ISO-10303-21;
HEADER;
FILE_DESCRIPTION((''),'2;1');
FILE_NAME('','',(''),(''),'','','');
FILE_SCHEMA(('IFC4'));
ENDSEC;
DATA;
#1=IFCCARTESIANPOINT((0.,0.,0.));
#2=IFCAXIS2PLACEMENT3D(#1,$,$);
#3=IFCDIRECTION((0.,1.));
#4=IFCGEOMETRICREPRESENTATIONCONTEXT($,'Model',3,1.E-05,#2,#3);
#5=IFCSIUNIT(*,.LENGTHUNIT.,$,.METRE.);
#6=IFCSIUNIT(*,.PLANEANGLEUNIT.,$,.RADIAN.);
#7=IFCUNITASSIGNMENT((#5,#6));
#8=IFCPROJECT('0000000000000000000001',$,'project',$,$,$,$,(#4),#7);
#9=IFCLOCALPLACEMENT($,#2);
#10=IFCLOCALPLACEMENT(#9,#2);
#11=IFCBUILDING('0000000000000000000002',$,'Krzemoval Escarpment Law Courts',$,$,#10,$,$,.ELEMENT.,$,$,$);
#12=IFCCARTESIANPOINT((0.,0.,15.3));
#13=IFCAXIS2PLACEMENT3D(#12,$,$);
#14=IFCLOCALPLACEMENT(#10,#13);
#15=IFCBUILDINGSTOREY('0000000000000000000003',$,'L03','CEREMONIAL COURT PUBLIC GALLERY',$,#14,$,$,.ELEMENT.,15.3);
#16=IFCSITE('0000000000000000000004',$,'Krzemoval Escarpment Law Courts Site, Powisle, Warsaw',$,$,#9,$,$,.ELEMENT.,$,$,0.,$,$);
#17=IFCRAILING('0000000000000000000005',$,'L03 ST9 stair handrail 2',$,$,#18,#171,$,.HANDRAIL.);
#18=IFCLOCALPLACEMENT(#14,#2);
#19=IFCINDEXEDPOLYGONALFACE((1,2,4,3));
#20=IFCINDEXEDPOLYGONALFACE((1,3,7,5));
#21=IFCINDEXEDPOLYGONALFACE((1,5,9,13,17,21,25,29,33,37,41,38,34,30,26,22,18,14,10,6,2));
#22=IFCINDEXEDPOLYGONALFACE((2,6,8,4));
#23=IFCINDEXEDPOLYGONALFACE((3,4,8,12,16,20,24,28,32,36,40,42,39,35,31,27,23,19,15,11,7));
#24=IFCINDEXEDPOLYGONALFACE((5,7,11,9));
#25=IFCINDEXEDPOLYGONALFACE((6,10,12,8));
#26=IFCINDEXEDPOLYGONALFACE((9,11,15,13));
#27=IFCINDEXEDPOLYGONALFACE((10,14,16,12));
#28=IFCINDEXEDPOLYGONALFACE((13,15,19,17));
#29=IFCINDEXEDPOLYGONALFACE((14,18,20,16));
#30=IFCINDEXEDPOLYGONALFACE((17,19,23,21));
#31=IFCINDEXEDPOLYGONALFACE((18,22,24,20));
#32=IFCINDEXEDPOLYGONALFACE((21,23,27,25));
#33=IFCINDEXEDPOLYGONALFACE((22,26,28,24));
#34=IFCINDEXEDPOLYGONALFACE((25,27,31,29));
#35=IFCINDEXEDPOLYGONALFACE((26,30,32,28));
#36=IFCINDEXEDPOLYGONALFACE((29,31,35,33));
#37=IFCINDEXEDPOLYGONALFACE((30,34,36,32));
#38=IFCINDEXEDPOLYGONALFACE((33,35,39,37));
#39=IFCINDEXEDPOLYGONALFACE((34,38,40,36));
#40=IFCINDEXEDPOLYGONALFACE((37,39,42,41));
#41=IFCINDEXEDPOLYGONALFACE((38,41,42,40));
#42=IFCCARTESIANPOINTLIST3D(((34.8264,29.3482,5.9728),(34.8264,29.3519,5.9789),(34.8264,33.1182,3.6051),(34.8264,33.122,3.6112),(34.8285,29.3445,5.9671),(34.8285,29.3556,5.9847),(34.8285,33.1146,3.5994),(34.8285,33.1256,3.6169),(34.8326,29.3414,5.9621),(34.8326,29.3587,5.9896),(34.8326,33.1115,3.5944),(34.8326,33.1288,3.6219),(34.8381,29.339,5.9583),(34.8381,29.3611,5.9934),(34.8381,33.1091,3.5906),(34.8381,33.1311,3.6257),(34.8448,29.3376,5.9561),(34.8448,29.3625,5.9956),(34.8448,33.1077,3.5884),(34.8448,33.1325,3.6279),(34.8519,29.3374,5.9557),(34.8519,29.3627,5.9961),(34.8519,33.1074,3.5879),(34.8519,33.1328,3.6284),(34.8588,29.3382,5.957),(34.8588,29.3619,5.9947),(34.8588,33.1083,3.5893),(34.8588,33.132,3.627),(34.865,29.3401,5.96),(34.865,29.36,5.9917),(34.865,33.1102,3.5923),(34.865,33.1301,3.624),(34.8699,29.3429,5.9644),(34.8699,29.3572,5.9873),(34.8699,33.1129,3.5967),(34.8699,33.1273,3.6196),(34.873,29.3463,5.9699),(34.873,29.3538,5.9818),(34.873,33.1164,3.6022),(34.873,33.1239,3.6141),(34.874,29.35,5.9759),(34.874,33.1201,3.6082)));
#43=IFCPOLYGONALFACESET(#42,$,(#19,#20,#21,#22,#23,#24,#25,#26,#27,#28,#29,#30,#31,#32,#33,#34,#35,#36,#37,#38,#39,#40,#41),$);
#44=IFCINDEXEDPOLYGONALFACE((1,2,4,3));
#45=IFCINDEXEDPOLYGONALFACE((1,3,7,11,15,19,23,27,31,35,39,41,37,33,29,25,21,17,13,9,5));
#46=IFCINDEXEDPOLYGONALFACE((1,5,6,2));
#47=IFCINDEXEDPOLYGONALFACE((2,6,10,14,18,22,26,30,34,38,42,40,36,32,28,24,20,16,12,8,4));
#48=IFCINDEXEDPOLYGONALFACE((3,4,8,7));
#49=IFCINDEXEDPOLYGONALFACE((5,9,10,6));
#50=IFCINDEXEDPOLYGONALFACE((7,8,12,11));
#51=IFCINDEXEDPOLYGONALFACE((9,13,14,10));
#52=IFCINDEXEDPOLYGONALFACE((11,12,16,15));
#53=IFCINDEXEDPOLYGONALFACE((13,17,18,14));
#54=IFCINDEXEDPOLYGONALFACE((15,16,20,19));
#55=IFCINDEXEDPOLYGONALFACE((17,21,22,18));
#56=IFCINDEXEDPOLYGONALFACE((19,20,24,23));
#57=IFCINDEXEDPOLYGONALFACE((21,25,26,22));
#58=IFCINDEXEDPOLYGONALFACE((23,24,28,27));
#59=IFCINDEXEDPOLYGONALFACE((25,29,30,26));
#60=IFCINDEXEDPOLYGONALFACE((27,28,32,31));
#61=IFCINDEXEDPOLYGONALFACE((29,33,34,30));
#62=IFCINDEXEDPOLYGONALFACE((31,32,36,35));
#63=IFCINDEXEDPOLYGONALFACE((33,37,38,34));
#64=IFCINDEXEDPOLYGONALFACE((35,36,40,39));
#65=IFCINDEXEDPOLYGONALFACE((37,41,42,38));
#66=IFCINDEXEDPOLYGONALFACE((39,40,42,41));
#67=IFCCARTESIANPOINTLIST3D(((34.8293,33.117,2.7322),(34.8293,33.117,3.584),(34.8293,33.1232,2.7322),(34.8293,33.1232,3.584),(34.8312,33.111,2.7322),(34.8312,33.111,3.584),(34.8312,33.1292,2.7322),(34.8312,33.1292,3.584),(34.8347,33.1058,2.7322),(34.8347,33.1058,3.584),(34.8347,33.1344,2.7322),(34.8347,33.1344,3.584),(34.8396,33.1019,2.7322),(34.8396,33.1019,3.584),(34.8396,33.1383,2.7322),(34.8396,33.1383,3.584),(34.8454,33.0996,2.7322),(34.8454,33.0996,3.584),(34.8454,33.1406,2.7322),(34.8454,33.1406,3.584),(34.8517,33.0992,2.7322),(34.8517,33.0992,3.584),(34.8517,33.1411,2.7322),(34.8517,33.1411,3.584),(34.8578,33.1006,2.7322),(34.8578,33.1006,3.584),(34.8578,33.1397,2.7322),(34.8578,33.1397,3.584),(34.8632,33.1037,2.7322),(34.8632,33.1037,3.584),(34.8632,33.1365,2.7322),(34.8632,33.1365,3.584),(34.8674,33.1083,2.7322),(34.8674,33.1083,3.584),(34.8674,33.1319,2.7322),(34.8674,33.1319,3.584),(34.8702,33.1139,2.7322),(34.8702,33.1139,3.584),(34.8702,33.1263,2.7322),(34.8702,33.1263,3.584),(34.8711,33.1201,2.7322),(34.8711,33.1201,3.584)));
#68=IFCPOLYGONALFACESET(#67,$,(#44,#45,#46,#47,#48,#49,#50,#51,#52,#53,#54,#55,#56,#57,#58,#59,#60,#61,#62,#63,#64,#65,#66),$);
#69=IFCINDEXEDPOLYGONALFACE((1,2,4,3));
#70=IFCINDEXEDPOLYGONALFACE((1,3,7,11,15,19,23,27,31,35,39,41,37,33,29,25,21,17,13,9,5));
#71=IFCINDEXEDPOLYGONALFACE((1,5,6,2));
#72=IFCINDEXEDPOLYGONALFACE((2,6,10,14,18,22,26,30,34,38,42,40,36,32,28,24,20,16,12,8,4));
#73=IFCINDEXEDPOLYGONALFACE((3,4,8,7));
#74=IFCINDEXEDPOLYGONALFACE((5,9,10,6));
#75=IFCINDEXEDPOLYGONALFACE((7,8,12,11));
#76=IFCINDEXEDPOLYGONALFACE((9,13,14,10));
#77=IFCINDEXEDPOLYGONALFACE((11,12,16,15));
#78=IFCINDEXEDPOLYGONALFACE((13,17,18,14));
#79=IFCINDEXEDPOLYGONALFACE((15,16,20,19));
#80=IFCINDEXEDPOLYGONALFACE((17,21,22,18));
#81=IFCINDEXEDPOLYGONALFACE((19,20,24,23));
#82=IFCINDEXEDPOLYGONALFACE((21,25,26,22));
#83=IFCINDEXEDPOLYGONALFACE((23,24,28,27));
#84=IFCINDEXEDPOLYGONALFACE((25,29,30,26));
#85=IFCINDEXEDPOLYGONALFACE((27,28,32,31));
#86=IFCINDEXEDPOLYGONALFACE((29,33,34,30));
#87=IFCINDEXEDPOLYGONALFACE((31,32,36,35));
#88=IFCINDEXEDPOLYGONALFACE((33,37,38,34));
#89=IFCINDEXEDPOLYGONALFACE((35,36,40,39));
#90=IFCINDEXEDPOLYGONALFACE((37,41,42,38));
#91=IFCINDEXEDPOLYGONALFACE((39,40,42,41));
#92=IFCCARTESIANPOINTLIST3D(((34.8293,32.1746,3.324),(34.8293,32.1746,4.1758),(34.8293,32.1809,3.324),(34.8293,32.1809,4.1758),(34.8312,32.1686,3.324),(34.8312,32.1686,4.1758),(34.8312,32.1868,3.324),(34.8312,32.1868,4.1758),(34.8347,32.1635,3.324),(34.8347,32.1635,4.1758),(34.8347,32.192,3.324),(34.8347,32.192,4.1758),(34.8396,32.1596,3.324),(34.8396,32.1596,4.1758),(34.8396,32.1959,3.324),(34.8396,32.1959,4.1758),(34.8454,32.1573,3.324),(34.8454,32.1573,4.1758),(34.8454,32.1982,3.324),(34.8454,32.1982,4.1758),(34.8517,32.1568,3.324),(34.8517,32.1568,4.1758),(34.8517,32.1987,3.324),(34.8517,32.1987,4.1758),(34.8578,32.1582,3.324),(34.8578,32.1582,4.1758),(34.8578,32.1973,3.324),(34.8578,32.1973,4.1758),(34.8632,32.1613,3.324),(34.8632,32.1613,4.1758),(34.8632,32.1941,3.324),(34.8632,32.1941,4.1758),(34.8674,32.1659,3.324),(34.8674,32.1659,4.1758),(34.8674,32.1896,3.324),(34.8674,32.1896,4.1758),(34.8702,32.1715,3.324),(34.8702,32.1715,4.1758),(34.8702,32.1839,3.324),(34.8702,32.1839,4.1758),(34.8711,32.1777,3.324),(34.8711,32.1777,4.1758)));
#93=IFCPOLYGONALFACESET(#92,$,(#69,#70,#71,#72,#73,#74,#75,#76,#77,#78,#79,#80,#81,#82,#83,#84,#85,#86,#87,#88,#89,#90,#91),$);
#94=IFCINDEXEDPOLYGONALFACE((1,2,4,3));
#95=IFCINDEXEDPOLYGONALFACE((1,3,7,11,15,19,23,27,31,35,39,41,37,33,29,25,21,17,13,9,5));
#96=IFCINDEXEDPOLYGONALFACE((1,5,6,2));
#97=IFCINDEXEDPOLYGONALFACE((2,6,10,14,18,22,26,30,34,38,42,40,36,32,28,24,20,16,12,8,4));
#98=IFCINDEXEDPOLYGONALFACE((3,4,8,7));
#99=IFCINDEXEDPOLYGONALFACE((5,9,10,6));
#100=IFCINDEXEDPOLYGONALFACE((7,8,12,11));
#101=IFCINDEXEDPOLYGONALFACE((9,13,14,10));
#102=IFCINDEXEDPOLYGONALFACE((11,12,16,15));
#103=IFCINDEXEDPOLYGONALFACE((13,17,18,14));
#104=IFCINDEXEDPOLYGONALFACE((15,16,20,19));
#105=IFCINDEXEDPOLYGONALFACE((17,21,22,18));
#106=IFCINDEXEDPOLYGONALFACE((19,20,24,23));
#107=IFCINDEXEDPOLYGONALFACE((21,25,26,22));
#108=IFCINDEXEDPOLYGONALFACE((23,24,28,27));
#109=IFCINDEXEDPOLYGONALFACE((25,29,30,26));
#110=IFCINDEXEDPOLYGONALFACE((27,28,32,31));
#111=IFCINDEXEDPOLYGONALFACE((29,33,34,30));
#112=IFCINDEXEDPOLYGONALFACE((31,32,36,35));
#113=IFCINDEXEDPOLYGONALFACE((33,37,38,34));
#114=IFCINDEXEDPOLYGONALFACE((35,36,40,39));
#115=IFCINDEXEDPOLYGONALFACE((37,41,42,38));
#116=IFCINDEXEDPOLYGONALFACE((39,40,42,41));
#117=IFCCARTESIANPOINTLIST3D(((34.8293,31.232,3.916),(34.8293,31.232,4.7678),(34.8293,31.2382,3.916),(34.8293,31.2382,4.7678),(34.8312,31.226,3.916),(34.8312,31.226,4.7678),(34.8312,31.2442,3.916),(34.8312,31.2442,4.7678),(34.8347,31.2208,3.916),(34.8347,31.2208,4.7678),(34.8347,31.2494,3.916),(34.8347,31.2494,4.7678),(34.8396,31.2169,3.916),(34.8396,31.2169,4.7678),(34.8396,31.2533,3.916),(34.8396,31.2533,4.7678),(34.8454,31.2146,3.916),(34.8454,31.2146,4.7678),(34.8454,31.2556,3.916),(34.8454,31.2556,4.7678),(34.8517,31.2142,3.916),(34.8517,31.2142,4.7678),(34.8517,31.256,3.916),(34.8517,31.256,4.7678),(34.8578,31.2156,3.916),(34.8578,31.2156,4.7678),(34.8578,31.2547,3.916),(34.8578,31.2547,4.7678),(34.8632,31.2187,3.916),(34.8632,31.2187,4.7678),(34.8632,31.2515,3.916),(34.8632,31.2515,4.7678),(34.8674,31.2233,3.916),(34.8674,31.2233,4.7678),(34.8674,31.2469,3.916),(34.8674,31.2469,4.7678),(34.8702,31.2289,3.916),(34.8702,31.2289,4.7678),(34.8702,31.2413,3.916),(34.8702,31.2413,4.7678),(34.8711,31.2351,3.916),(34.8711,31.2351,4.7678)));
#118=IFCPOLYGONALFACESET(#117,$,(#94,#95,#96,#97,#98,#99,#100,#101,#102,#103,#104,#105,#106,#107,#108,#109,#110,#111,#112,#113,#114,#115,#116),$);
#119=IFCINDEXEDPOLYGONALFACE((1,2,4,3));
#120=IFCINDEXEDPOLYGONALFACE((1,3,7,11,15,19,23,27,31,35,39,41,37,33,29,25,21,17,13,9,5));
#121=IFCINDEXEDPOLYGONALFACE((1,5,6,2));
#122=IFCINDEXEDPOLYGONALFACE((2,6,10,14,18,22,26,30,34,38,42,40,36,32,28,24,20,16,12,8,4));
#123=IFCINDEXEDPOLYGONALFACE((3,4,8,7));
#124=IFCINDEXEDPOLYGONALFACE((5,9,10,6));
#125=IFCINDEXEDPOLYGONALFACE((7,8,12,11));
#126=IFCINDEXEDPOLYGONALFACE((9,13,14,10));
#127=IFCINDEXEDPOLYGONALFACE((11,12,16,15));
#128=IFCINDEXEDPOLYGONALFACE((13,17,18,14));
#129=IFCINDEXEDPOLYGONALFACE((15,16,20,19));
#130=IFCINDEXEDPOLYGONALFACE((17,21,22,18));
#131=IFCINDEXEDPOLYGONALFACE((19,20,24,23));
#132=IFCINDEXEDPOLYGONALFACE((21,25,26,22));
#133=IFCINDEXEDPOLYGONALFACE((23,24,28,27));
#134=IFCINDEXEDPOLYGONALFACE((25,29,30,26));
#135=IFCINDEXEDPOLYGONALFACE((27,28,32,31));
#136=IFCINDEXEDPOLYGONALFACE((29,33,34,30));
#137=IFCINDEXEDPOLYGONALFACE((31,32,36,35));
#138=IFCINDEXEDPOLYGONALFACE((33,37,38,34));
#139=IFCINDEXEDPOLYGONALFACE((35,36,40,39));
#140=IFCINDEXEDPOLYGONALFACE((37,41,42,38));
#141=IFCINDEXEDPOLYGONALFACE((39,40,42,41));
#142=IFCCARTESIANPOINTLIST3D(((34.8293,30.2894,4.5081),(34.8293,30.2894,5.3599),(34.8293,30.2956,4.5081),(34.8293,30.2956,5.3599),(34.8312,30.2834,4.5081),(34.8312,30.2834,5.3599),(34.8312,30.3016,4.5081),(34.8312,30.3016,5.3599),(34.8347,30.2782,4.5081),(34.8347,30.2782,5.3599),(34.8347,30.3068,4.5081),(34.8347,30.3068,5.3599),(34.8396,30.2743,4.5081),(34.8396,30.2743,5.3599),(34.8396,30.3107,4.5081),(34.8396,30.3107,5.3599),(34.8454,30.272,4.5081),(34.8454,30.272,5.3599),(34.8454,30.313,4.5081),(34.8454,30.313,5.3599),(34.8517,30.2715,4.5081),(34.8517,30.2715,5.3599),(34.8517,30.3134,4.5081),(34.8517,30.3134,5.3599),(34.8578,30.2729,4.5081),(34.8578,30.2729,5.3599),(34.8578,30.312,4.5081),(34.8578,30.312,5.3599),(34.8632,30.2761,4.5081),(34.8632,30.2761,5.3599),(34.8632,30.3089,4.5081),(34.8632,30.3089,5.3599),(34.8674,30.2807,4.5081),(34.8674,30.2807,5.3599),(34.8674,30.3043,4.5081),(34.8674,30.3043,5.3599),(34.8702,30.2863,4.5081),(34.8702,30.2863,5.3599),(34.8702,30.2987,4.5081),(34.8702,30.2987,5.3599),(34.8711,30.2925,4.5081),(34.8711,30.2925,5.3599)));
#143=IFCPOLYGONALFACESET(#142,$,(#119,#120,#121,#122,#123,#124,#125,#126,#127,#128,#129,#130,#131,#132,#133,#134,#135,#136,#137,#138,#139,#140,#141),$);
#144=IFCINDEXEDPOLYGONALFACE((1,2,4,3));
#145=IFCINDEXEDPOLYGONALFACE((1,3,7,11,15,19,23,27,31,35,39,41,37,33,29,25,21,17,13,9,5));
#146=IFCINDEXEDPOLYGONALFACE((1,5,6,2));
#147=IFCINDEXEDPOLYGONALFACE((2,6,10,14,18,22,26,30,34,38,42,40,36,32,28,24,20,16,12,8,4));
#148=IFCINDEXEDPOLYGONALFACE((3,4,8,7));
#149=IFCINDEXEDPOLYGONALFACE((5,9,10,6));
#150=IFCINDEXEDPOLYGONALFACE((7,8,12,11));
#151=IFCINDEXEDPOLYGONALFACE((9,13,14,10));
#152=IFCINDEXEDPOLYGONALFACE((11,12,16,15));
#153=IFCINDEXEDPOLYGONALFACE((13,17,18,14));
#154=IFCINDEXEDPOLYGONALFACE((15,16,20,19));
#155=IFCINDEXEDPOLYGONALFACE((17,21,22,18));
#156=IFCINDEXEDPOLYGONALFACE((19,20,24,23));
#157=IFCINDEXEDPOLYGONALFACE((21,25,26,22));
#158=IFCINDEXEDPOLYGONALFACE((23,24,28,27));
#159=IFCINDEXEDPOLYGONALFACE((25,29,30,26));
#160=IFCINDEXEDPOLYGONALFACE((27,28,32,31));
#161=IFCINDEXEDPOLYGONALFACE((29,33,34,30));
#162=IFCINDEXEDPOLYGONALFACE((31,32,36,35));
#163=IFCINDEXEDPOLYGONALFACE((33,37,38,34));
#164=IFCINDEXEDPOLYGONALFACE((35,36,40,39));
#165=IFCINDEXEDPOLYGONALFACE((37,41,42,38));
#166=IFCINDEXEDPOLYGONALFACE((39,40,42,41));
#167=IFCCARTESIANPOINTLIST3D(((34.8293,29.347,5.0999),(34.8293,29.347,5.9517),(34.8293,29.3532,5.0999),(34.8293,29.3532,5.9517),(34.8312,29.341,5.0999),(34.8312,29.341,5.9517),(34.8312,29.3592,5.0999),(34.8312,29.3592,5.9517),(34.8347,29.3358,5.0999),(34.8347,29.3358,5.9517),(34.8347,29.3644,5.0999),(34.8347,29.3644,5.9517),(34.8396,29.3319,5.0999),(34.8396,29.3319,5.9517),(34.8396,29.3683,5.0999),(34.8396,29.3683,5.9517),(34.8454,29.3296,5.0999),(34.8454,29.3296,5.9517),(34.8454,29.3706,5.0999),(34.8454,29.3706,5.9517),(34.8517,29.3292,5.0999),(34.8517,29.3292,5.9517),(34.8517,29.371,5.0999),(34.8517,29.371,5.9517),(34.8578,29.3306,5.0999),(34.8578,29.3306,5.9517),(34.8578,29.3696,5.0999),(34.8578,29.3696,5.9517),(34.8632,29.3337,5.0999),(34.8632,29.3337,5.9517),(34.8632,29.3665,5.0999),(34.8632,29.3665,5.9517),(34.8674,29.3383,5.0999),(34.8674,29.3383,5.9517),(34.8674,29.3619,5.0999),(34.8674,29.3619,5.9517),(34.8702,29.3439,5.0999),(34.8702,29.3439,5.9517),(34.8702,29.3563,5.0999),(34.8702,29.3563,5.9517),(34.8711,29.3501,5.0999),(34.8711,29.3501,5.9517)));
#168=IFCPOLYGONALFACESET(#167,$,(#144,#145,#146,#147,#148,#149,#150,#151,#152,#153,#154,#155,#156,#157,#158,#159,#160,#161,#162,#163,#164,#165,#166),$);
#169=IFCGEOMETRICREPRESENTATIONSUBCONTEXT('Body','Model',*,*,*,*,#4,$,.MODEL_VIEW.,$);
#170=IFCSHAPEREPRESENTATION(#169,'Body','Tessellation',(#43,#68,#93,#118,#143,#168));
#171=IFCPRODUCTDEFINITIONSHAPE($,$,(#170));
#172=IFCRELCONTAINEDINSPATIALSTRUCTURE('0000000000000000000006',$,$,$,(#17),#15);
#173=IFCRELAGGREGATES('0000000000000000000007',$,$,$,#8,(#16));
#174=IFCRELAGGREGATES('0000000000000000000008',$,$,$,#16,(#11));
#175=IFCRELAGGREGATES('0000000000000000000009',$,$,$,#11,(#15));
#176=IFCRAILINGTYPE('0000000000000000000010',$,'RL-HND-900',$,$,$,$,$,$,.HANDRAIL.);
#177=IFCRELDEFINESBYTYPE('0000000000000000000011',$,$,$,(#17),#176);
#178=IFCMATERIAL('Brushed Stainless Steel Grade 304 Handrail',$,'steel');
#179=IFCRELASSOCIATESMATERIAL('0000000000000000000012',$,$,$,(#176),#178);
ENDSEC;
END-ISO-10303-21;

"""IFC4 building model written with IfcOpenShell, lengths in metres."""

from ifc_helpers import new_model, si_unit, direction, frame, origin, origin_2d, place, context, subcontext, project, spatial, circle, extrude, material, type_object, element, save


model = new_model("IFC4")

# Units and contexts
model_context = context("Model", 3, precision=1e-05, world=origin(), true_north=direction((0.0, 1.0)))
body_context = subcontext(model_context, "Body", "Model", "MODEL_VIEW")
ifc_project = project(units=[si_unit("LENGTHUNIT", "METRE"), si_unit("PLANEANGLEUNIT", "RADIAN")], contexts=[model_context])

# Site, building, storey
site_placement = place(None, origin())
site = spatial("IfcSite", under=ifc_project, at=site_placement, Name="Krzemoval Escarpment Law Courts Site, Powisle, Warsaw", CompositionType="ELEMENT", RefElevation=0.0)
building_placement = place(site_placement, origin())
building = spatial("IfcBuilding", under=site, at=building_placement, Name="Krzemoval Escarpment Law Courts", CompositionType="ELEMENT")
storey_placement = place(building_placement, frame((0.0, 0.0, 15.3)))
storey = spatial("IfcBuildingStorey", under=building, at=storey_placement, Name="L03", Description="CEREMONIAL COURT PUBLIC GALLERY", CompositionType="ELEMENT", Elevation=15.3)

# Railing
ifc_material_1 = material(Name="Brushed Stainless Steel Grade 304 Handrail", Category="steel")
railing_type_1 = type_object("IfcRailingType", Name="RL-HND-900", PredefinedType="HANDRAIL", material=ifc_material_1)
railing_1_placement = place(storey_placement, frame((34.8501, 33.1201, 2.7322)))
element("IfcRailing", 1, at=railing_1_placement, inside=storey, type_object=railing_type_1, Name="L03 ST9 stair handrail 2", PredefinedType="HANDRAIL", context=body_context, shape_type="SweptSolid", body=[
    extrude(circle(Radius=0.0239, at=origin_2d()), frame((0.0, 0.0, 0.876), z_axis=(0.0, -0.846844, 0.531841), x_axis=(1.0, 0.0, 0.0)), (0.0, 0.0, 1.0), 4.4519),
    extrude(circle(Radius=0.021, at=origin_2d()), origin(), (0.0, 0.0, 1.0), 0.8518),
    extrude(circle(Radius=0.021, at=origin_2d()), frame((0.0, -0.9424, 0.5918)), (0.0, 0.0, 1.0), 0.8518),
    extrude(circle(Radius=0.021, at=origin_2d()), frame((0.0, -1.885, 1.1838)), (0.0, 0.0, 1.0), 0.8518),
    extrude(circle(Radius=0.021, at=origin_2d()), frame((0.0, -2.8276, 1.7759)), (0.0, 0.0, 1.0), 0.8518),
    extrude(circle(Radius=0.021, at=origin_2d()), frame((0.0, -3.77, 2.3677)), (0.0, 0.0, 1.0), 0.8518),
])

save(model, "model.ifc")
